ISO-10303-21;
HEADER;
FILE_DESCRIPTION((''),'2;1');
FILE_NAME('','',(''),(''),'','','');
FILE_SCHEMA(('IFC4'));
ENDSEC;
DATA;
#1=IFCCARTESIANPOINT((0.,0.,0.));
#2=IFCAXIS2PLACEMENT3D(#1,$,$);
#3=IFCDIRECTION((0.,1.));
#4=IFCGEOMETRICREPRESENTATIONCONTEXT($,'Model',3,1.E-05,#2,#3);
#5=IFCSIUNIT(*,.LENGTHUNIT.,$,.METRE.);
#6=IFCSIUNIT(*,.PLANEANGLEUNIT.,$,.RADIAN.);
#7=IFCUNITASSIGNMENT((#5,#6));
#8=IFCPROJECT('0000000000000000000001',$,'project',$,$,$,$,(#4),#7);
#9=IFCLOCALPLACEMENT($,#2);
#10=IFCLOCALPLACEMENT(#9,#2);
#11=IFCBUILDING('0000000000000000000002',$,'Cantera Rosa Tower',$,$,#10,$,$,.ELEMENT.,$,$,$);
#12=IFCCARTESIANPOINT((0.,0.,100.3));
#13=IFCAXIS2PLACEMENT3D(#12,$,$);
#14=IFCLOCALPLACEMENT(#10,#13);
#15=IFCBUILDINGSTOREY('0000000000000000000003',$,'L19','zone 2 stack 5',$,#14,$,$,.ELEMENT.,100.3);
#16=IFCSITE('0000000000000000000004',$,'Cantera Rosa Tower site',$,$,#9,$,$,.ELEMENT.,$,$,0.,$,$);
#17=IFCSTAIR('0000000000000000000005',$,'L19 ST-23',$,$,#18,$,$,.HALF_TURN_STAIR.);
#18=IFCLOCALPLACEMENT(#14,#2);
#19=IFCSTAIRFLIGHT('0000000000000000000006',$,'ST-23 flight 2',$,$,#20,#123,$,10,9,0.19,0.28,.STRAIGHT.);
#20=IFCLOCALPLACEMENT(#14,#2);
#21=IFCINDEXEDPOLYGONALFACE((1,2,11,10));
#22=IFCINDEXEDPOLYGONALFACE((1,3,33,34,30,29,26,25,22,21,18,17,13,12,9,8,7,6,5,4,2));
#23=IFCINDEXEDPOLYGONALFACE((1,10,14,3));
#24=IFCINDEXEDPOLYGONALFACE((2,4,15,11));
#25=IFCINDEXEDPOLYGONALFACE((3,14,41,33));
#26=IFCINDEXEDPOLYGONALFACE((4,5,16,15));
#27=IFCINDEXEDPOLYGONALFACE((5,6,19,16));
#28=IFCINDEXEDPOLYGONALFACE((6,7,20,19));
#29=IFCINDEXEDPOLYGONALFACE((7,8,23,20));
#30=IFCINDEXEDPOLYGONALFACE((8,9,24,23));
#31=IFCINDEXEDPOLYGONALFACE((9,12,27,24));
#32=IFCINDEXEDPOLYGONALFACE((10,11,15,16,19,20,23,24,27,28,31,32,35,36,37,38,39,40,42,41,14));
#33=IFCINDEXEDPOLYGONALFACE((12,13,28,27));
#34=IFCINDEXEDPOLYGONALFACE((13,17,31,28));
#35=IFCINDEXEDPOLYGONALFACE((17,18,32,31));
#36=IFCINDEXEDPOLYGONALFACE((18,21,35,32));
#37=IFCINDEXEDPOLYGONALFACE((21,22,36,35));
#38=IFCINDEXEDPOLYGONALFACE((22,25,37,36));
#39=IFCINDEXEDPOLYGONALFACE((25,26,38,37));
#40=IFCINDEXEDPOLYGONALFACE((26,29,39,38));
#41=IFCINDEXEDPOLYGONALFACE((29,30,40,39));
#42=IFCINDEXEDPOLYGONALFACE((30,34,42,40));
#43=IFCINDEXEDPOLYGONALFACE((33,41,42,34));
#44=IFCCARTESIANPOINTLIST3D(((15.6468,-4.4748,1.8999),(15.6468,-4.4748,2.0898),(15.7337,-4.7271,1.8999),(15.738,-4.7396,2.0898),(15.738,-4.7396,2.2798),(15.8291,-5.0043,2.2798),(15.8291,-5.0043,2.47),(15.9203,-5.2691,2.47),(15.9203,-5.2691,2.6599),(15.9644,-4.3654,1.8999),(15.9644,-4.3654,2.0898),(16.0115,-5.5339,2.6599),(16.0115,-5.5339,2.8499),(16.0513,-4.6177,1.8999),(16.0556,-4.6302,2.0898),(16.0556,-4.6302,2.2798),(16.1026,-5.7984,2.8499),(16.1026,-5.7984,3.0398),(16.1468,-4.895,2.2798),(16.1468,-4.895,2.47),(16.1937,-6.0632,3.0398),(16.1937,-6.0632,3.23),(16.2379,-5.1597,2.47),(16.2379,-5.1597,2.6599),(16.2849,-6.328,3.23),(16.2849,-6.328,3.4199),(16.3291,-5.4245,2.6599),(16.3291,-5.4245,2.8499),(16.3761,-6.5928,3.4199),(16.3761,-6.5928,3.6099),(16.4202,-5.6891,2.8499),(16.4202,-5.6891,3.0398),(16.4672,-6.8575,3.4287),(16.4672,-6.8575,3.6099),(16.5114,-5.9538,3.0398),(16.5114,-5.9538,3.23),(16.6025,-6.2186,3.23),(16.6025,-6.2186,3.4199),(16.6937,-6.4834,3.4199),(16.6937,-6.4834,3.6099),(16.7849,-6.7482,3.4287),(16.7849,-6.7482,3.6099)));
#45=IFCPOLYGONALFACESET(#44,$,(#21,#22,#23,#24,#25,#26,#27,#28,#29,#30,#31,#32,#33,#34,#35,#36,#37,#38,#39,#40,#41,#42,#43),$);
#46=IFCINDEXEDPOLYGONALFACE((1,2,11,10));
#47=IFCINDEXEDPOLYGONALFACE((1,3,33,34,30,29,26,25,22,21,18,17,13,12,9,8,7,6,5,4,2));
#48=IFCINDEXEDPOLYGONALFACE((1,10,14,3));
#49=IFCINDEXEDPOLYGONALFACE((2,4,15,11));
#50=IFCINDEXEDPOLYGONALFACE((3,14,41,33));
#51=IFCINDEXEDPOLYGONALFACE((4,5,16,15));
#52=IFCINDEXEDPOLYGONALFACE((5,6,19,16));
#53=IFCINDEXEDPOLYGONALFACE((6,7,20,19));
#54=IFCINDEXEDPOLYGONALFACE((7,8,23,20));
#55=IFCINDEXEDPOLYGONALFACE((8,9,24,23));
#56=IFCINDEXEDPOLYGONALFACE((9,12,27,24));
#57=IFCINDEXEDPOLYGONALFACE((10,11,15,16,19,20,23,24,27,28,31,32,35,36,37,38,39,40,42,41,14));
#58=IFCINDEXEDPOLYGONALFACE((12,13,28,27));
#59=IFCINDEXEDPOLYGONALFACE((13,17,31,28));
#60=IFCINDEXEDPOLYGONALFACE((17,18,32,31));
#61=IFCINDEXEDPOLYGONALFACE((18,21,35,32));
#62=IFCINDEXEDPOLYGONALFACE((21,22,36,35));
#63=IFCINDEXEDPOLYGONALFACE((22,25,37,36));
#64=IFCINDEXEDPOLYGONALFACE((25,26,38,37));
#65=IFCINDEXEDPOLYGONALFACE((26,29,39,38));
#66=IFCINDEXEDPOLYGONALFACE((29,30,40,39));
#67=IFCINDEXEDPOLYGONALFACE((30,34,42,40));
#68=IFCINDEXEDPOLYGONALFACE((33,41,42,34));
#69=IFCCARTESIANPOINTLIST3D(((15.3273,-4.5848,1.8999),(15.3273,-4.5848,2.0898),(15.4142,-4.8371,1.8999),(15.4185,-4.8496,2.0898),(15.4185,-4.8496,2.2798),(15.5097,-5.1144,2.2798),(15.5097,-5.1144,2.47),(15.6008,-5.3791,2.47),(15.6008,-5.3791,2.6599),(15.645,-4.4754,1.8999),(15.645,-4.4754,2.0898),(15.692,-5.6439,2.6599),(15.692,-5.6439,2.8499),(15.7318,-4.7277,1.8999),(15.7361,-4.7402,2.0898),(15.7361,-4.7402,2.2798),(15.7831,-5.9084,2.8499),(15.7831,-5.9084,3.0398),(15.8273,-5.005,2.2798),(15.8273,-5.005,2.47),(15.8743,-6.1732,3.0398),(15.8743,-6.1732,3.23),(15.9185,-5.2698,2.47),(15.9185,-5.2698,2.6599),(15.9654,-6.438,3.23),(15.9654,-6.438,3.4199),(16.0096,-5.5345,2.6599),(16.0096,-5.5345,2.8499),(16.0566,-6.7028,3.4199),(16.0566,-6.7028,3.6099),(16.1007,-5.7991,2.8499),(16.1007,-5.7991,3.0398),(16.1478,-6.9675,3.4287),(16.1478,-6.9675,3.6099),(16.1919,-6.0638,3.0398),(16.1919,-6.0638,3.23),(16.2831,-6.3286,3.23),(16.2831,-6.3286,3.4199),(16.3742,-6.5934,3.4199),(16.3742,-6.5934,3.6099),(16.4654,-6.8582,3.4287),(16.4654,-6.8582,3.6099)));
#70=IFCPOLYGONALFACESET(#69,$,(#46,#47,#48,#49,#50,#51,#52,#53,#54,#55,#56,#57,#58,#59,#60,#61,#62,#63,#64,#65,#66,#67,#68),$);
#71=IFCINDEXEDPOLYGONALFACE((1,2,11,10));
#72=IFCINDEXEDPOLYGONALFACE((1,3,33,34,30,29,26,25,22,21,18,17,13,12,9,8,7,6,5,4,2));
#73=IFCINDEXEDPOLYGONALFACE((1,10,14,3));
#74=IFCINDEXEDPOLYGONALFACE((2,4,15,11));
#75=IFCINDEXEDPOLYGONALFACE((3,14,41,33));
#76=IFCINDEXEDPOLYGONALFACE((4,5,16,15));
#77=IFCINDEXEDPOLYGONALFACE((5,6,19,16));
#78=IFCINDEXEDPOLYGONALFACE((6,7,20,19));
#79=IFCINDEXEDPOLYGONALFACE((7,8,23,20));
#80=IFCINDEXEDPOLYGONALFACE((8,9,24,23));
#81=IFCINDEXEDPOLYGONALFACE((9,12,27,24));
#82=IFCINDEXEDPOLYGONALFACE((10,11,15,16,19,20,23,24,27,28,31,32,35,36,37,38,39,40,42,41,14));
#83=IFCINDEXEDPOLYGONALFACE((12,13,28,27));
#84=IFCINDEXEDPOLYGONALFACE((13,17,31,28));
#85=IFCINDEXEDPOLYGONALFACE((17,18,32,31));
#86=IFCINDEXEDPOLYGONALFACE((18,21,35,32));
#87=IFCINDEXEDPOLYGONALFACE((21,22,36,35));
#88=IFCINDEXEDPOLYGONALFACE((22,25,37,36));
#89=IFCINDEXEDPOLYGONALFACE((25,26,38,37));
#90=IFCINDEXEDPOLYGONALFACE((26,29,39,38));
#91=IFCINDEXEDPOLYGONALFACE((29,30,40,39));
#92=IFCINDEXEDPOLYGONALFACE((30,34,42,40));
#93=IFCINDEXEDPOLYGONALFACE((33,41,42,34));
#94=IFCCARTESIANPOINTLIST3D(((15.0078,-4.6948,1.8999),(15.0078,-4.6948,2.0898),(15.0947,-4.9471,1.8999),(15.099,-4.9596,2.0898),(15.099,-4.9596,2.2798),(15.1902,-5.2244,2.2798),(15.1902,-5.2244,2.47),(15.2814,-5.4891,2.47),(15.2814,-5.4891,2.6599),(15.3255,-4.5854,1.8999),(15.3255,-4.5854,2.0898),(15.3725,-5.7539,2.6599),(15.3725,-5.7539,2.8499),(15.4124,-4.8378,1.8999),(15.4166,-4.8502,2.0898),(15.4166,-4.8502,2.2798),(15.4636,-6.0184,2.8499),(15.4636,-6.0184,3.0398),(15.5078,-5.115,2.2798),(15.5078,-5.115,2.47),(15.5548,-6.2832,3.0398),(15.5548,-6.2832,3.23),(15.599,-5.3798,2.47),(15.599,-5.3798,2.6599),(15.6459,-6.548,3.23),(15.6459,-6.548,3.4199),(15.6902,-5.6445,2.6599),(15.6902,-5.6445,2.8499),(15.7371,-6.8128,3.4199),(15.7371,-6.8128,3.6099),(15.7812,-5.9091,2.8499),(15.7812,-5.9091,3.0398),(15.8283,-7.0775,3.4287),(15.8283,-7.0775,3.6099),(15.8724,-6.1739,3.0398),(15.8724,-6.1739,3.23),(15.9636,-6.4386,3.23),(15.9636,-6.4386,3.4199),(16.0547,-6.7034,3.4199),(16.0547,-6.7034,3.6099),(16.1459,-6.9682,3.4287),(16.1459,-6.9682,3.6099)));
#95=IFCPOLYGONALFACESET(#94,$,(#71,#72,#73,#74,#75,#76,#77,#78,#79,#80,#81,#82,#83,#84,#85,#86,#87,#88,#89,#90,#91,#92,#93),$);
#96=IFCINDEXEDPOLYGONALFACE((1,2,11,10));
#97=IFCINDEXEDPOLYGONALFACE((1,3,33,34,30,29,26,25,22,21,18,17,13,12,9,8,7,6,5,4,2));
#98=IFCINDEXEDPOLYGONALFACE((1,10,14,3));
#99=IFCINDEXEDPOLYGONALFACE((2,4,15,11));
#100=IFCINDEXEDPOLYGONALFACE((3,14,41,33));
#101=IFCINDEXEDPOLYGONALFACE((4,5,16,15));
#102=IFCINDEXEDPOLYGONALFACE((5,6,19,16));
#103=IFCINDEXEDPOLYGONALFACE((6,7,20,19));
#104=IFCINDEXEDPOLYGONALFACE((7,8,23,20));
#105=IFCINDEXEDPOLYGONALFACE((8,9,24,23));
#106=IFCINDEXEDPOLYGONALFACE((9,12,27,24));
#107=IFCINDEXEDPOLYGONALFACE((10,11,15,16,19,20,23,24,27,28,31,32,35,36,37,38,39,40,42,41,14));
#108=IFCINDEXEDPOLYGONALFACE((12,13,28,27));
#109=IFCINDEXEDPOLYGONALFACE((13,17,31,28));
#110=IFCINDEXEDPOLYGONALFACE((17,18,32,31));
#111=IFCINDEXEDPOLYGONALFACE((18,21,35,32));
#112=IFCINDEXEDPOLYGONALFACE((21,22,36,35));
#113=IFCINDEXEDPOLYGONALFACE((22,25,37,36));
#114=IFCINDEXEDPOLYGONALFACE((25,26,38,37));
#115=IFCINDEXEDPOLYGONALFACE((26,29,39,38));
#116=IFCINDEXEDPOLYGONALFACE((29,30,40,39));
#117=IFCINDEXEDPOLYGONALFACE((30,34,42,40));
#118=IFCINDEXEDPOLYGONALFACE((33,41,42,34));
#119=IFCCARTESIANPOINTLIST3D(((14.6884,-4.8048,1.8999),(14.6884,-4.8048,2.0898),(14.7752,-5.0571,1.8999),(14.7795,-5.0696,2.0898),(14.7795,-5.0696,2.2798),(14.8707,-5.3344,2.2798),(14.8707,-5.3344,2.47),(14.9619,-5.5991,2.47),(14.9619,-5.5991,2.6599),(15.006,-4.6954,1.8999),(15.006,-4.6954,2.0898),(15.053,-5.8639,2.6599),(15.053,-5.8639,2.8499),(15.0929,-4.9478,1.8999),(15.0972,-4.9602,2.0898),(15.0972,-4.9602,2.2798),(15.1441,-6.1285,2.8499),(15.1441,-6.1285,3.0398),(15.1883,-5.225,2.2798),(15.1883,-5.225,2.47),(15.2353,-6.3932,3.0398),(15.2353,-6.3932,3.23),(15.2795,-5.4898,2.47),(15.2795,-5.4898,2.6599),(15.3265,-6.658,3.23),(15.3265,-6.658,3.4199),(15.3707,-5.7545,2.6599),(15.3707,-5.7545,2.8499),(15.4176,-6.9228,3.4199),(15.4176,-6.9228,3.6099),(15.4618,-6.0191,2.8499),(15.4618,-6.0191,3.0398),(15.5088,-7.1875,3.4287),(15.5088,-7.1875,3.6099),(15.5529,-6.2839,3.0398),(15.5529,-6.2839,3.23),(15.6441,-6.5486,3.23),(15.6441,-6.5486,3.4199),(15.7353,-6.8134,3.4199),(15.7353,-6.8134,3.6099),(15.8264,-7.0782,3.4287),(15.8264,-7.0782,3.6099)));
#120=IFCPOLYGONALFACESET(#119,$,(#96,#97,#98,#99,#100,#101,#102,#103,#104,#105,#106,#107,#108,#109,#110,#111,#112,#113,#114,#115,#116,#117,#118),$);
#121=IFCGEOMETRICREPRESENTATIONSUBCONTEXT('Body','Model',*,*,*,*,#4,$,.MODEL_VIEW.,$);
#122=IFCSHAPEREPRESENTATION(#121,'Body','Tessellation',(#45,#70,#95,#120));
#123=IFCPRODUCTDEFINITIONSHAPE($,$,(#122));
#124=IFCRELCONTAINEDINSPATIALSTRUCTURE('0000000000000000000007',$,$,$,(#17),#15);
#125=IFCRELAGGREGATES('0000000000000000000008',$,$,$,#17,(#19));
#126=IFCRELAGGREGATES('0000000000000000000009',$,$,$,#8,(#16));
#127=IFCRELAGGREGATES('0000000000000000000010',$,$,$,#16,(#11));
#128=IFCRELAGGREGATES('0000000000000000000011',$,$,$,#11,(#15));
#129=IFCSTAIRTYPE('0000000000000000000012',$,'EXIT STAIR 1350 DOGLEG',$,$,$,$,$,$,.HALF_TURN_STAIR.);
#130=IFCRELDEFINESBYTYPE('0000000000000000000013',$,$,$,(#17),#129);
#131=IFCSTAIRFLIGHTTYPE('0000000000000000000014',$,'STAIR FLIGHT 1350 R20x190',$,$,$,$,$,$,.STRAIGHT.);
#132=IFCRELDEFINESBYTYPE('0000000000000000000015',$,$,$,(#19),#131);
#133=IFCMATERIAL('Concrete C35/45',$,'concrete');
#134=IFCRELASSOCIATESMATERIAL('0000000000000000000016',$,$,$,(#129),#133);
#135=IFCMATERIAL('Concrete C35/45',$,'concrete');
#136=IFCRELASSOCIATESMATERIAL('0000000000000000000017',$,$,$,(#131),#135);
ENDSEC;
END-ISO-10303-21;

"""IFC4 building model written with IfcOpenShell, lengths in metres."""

from ifc_helpers import new_model, si_unit, direction, frame, origin, place, context, subcontext, project, spatial, polyline, outline, extrude, material, type_object, element, aggregate, save


model = new_model("IFC4")

# Units and contexts
model_context = context("Model", 3, precision=1e-05, world=origin(), true_north=direction((0.0, 1.0)))
body_context = subcontext(model_context, "Body", "Model", "MODEL_VIEW")
ifc_project = project(units=[si_unit("LENGTHUNIT", "METRE"), si_unit("PLANEANGLEUNIT", "RADIAN")], contexts=[model_context])

# Site, building, storey
site_placement = place(None, origin())
site = spatial("IfcSite", under=ifc_project, at=site_placement, Name="Cantera Rosa Tower site", CompositionType="ELEMENT", RefElevation=0.0)
building_placement = place(site_placement, origin())
building = spatial("IfcBuilding", under=site, at=building_placement, Name="Cantera Rosa Tower", CompositionType="ELEMENT")
storey_placement = place(building_placement, frame((0.0, 0.0, 100.3)))
storey = spatial("IfcBuildingStorey", under=building, at=storey_placement, Name="L19", Description="zone 2 stack 5", CompositionType="ELEMENT", Elevation=100.3)

# Stair, stair flight
ifc_material_1 = material(Name="Concrete C35/45", Category="concrete")
stair_type = type_object("IfcStairType", Name="EXIT STAIR 1350 DOGLEG", PredefinedType="HALF_TURN_STAIR", material=ifc_material_1)
stair_placement = place(storey_placement, origin())
stair = element("IfcStair", 1, at=stair_placement, inside=storey, type_object=stair_type, Name="L19 ST-23", PredefinedType="HALF_TURN_STAIR")
ifc_material_2 = material(Name="Concrete C35/45", Category="concrete")
stair_flight_type = type_object("IfcStairFlightType", Name="STAIR FLIGHT 1350 R20x190", PredefinedType="STRAIGHT", material=ifc_material_2)
stair_flight_1_placement = place(storey_placement, frame((15.3262, -4.5852, 1.8999), z_axis=(0.0, 0.0, 1.0), x_axis=(0.325568, -0.945519, 0.0)))
stair_flight_1 = element("IfcStairFlight", 2, at=stair_flight_1_placement, type_object=stair_flight_type, Name="ST-23 flight 2", NumberOfRisers=10, NumberOfTreads=9, PredefinedType="STRAIGHT", RiserHeight=0.19, TreadLength=0.28, context=body_context, shape_type="SweptSolid", body=[
    extrude(outline(polyline([(0.0, 0.0), (0.0, 0.1899), (0.28, 0.1899), (0.28, 0.3799), (0.5601, 0.3799), (0.5601, 0.5701), (0.8401, 0.5701), (0.8401, 0.76), (1.1201, 0.76), (1.1201, 0.95), (1.3999, 0.95), (1.3999, 1.1399), (1.6799, 1.1399), (1.6799, 1.3301), (1.96, 1.3301), (1.96, 1.52), (2.24, 1.52), (2.24, 1.71), (2.52, 1.71), (2.52, 1.8999), (2.52, 1.5288), (0.2668, 0.0), (0.0, 0.0)])), frame((0.0, 0.675, 0.0), z_axis=(0.0, -1.0, 0.0), x_axis=(1.0, 0.0, 0.0)), (0.0, 0.0, 1.0), 0.3359),
    extrude(outline(polyline([(0.0, 0.0), (0.0, 0.1899), (0.28, 0.1899), (0.28, 0.3799), (0.5601, 0.3799), (0.5601, 0.5701), (0.8401, 0.5701), (0.8401, 0.76), (1.1201, 0.76), (1.1201, 0.95), (1.3999, 0.95), (1.3999, 1.1399), (1.6799, 1.1399), (1.6799, 1.3301), (1.96, 1.3301), (1.96, 1.52), (2.24, 1.52), (2.24, 1.71), (2.52, 1.71), (2.52, 1.8999), (2.52, 1.5288), (0.2668, 0.0), (0.0, 0.0)])), frame((0.0, 0.3372, 0.0), z_axis=(0.0, -1.0, 0.0), x_axis=(1.0, 0.0, 0.0)), (0.0, 0.0, 1.0), 0.3359),
    extrude(outline(polyline([(0.0, 0.0), (0.0, 0.1899), (0.28, 0.1899), (0.28, 0.3799), (0.5601, 0.3799), (0.5601, 0.5701), (0.8401, 0.5701), (0.8401, 0.76), (1.1201, 0.76), (1.1201, 0.95), (1.3999, 0.95), (1.3999, 1.1399), (1.6799, 1.1399), (1.6799, 1.3301), (1.96, 1.3301), (1.96, 1.52), (2.24, 1.52), (2.24, 1.71), (2.52, 1.71), (2.52, 1.8999), (2.52, 1.5288), (0.2668, 0.0), (0.0, 0.0)])), frame((0.0, -0.0007, 0.0), z_axis=(0.0, -1.0, 0.0), x_axis=(1.0, 0.0, 0.0)), (0.0, 0.0, 1.0), 0.3359),
    extrude(outline(polyline([(0.0, 0.0), (0.0, 0.1899), (0.28, 0.1899), (0.28, 0.3799), (0.5601, 0.3799), (0.5601, 0.5701), (0.8401, 0.5701), (0.8401, 0.76), (1.1201, 0.76), (1.1201, 0.95), (1.3999, 0.95), (1.3999, 1.1399), (1.6799, 1.1399), (1.6799, 1.3301), (1.96, 1.3301), (1.96, 1.52), (2.24, 1.52), (2.24, 1.71), (2.52, 1.71), (2.52, 1.8999), (2.52, 1.5288), (0.2668, 0.0), (0.0, 0.0)])), frame((0.0, -0.3386, 0.0), z_axis=(0.0, -1.0, 0.0), x_axis=(1.0, 0.0, 0.0)), (0.0, 0.0, 1.0), 0.3359),
])
aggregate(stair, [stair_flight_1])

save(model, "model.ifc")
